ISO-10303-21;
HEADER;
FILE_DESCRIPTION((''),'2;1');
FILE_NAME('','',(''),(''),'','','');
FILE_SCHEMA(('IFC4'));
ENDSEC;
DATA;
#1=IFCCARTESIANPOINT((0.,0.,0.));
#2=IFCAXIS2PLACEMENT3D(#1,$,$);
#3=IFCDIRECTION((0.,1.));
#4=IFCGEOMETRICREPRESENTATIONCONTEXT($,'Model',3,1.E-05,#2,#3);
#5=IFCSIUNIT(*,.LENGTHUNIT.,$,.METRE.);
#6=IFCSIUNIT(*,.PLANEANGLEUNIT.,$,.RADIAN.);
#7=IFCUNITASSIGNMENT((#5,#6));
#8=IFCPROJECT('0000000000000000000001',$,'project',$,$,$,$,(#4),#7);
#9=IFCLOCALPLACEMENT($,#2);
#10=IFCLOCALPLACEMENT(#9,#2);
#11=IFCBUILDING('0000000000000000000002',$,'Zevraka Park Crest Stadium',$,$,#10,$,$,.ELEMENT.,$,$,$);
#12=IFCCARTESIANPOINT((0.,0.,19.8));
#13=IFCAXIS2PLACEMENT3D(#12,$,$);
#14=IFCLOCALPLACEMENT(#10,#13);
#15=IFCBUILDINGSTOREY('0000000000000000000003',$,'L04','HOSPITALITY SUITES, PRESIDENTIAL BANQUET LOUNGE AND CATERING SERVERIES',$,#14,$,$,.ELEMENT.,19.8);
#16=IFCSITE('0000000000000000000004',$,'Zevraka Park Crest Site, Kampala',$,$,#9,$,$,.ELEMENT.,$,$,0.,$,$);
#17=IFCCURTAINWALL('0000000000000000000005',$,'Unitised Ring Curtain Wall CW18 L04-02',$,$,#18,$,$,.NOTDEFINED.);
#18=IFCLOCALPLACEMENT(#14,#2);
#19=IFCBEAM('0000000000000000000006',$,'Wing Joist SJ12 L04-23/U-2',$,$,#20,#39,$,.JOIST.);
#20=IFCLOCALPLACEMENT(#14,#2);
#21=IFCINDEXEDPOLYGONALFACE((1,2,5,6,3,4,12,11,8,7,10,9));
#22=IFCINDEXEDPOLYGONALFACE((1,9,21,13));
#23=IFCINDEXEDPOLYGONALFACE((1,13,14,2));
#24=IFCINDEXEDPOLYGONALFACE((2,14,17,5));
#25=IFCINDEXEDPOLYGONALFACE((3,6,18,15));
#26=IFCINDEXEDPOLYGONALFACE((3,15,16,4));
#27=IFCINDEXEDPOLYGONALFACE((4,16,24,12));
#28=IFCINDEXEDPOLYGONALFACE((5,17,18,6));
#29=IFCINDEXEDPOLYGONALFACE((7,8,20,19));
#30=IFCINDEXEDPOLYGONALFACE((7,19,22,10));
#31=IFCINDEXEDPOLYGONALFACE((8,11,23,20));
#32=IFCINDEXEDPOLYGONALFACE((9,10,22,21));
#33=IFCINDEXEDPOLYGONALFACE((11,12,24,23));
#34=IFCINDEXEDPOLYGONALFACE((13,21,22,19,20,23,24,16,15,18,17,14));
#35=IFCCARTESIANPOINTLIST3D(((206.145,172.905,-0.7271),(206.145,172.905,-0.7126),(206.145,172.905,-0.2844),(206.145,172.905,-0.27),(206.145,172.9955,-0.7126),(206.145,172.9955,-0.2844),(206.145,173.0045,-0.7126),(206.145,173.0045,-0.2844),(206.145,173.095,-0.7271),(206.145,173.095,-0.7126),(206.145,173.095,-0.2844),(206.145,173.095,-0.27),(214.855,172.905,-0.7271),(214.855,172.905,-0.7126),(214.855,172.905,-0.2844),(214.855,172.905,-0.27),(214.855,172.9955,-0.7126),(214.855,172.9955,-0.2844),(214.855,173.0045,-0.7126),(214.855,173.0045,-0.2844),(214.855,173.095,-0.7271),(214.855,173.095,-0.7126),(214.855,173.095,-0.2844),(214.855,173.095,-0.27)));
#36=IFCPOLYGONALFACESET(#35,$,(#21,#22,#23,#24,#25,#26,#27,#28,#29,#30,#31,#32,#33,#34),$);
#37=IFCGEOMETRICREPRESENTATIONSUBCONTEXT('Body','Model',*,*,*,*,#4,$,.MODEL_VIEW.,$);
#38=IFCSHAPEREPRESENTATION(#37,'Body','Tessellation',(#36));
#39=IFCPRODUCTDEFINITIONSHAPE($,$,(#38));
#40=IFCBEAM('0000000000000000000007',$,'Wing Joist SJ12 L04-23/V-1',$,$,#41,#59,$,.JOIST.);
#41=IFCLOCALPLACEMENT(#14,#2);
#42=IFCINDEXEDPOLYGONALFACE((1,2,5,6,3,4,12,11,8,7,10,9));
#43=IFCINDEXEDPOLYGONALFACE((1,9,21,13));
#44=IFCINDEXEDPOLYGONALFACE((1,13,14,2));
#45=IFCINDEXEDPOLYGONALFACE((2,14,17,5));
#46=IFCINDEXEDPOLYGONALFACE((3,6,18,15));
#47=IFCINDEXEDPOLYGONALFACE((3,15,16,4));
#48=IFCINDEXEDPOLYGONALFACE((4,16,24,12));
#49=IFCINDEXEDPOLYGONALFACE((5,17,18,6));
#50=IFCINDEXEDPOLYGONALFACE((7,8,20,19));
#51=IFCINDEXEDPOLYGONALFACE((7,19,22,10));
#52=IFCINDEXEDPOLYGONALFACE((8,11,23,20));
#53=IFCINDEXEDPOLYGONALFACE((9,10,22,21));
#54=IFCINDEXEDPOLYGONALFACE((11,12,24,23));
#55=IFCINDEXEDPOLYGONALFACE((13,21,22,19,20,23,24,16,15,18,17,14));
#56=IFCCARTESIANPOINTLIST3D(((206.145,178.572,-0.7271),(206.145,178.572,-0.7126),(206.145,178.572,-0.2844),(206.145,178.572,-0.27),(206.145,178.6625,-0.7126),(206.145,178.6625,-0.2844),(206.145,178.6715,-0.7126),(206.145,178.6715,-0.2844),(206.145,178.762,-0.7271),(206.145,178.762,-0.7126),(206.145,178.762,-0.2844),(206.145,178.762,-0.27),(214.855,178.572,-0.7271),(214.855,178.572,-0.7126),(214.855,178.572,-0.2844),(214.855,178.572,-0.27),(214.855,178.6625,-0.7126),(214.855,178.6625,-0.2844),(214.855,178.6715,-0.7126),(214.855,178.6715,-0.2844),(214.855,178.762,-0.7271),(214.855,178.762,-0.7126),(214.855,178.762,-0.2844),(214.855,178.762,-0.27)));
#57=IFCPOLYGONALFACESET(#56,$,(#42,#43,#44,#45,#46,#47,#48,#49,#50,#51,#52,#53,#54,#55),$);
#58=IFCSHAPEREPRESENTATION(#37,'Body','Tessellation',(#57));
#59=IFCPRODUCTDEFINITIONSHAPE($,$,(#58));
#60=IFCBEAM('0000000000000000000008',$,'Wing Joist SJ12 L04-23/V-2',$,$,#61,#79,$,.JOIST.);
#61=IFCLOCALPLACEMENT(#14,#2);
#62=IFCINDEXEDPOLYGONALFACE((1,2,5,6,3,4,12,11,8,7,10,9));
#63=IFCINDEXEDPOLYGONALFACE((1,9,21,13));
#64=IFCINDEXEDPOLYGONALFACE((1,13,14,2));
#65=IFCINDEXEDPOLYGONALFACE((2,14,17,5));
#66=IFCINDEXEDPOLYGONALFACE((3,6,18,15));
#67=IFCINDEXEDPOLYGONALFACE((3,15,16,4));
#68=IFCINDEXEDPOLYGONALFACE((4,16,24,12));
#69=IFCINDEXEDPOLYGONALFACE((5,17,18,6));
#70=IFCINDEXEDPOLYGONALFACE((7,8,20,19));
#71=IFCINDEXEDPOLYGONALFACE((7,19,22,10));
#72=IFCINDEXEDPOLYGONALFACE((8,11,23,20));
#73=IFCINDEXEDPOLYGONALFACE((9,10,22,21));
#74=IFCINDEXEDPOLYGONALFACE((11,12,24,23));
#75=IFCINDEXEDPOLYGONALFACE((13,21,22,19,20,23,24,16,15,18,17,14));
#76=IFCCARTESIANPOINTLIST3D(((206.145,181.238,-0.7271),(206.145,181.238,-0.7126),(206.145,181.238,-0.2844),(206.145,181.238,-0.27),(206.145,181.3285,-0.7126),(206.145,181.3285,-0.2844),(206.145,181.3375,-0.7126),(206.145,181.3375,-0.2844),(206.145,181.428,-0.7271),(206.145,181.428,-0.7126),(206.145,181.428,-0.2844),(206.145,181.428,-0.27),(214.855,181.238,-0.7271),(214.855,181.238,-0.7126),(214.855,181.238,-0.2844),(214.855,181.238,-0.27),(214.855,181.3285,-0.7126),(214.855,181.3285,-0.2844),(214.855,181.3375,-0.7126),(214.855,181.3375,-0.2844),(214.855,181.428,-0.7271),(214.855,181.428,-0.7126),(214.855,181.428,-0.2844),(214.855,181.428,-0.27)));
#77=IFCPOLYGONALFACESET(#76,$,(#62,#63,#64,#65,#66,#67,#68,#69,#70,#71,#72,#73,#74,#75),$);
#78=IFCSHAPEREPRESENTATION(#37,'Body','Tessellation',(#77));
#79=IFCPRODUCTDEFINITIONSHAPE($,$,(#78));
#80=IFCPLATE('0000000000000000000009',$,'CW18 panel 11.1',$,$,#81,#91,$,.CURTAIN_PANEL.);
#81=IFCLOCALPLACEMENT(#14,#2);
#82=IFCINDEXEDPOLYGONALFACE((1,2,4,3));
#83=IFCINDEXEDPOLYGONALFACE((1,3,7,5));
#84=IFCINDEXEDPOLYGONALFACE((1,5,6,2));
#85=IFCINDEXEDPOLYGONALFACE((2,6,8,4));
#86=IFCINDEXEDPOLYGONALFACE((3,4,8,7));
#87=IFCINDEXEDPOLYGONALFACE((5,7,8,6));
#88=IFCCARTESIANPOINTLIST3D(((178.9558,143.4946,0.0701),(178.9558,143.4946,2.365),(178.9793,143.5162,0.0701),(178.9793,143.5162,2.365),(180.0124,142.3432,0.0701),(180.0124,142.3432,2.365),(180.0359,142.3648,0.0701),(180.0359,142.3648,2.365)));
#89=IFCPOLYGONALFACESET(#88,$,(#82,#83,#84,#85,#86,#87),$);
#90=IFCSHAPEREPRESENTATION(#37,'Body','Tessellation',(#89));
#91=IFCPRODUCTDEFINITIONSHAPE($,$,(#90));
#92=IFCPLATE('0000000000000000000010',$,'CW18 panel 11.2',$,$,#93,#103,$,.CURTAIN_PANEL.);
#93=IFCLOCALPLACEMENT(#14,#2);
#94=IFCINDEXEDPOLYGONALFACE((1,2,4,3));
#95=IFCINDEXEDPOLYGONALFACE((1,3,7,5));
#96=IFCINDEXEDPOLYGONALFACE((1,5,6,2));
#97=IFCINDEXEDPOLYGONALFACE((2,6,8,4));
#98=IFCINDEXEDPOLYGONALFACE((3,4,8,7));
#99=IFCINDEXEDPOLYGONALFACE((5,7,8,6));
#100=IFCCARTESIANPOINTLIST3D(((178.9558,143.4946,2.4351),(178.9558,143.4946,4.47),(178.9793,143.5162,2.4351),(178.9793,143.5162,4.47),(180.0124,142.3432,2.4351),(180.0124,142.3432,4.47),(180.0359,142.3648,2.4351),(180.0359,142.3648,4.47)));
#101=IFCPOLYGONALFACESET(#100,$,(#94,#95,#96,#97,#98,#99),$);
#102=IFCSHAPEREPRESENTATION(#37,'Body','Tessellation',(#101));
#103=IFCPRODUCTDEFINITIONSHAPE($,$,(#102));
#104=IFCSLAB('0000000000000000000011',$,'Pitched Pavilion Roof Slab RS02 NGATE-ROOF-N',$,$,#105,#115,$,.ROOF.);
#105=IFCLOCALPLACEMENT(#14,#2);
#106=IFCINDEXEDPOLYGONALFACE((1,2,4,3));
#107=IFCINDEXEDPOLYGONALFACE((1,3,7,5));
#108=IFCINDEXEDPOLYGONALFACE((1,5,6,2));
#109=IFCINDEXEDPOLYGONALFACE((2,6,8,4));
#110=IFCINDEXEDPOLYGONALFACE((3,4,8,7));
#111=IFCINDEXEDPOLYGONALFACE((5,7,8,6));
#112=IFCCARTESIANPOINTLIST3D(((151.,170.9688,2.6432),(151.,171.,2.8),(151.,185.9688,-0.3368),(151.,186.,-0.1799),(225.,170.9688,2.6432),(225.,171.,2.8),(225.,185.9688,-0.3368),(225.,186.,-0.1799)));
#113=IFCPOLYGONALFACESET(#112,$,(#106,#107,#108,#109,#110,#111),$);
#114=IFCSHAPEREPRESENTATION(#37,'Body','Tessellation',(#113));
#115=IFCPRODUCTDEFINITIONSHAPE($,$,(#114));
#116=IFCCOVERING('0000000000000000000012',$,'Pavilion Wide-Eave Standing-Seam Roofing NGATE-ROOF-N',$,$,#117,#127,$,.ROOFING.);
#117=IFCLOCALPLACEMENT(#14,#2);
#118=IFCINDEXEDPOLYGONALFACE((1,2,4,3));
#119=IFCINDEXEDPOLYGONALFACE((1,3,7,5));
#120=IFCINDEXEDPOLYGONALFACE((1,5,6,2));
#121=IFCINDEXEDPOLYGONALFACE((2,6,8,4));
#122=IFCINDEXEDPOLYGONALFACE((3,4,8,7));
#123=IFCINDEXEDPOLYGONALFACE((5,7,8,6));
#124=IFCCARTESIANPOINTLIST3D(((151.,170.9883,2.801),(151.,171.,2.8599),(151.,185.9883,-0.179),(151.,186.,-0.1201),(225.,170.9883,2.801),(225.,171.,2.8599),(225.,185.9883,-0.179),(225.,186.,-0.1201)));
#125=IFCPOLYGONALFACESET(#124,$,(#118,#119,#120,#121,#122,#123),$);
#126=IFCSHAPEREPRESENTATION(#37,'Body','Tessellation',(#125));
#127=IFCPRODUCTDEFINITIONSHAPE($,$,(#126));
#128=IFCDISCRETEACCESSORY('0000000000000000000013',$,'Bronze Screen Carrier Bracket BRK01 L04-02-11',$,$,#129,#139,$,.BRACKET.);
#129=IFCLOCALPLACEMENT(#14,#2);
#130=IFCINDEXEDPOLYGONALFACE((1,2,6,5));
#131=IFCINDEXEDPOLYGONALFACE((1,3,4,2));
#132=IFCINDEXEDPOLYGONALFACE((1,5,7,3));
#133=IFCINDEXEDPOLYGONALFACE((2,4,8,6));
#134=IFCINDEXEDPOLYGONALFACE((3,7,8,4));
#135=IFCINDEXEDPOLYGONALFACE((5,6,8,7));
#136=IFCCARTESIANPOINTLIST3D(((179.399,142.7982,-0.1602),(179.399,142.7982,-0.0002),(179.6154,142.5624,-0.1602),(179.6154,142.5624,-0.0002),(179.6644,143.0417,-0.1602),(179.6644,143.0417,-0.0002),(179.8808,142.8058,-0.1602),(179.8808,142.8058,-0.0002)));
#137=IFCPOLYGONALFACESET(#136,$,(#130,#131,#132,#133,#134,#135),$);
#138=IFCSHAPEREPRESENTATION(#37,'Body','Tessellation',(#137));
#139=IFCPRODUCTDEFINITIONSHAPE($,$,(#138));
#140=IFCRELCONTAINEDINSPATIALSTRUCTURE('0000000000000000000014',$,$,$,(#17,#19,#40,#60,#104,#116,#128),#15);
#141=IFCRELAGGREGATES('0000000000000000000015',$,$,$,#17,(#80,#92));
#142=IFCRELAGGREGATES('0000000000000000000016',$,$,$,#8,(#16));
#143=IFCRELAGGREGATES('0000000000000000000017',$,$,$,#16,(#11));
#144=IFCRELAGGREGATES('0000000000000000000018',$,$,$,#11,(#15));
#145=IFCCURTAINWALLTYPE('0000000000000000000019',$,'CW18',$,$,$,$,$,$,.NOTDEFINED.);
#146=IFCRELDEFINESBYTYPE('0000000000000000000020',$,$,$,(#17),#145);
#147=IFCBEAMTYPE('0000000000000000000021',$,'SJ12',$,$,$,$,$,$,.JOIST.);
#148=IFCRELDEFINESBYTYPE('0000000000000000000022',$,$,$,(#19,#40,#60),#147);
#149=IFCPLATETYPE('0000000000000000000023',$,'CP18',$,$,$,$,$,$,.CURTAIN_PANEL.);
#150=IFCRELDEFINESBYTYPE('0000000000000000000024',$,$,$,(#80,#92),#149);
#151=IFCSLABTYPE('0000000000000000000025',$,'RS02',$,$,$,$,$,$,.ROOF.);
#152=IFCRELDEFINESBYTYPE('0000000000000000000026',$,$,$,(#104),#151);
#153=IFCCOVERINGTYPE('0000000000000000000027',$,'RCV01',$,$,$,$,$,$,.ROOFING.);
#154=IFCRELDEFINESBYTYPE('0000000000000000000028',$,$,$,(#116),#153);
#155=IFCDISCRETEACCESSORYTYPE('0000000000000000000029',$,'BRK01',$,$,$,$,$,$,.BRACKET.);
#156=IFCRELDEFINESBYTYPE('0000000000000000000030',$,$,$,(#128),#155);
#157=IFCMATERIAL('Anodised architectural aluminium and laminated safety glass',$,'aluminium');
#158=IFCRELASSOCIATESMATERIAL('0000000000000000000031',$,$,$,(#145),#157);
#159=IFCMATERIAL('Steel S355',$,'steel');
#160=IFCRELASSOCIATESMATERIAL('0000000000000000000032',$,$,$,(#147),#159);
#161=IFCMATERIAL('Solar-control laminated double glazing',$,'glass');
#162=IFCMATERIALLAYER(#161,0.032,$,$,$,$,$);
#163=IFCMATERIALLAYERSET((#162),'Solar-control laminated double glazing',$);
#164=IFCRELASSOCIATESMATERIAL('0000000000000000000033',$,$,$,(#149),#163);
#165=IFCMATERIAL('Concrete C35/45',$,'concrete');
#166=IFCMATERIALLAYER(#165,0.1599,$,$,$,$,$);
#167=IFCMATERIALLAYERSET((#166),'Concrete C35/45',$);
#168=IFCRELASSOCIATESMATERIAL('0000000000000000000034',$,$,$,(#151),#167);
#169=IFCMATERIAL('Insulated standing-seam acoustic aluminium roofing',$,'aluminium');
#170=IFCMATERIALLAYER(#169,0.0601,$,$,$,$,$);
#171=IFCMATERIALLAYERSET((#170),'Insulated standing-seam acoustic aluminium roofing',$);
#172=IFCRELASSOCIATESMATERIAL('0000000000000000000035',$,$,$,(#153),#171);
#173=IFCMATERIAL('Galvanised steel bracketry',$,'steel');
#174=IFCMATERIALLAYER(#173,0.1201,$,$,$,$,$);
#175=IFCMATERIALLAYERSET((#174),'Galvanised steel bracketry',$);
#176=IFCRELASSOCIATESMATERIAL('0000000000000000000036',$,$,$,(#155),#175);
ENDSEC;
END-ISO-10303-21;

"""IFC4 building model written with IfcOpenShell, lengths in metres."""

from ifc_helpers import new_model, si_unit, direction, frame, origin, origin_2d, place, context, subcontext, project, spatial, polyline, rectangle, i_section, outline, extrude, material, layer, layer_set, material_profile, profile_set, type_object, element, aggregate, save


model = new_model("IFC4")

# Units and contexts
model_context = context("Model", 3, precision=1e-05, world=origin(), true_north=direction((0.0, 1.0)))
body_context = subcontext(model_context, "Body", "Model", "MODEL_VIEW")
ifc_project = project(units=[si_unit("LENGTHUNIT", "METRE"), si_unit("PLANEANGLEUNIT", "RADIAN")], contexts=[model_context])

# Site, building, storey
site_placement = place(None, origin())
site = spatial("IfcSite", under=ifc_project, at=site_placement, Name="Zevraka Park Crest Site, Kampala", CompositionType="ELEMENT", RefElevation=0.0)
building_placement = place(site_placement, origin())
building = spatial("IfcBuilding", under=site, at=building_placement, Name="Zevraka Park Crest Stadium", CompositionType="ELEMENT")
storey_placement = place(building_placement, frame((0.0, 0.0, 19.8)))
storey = spatial("IfcBuildingStorey", under=building, at=storey_placement, Name="L04", Description="HOSPITALITY SUITES, PRESIDENTIAL BANQUET LOUNGE AND CATERING SERVERIES", CompositionType="ELEMENT", Elevation=19.8)

# Curtain wall
ifc_material_1 = material(Name="Anodised architectural aluminium and laminated safety glass", Category="aluminium")
curtain_wall_type = type_object("IfcCurtainWallType", Name="CW18", PredefinedType="NOTDEFINED", material=ifc_material_1)
curtain_wall_placement = place(storey_placement, origin())
curtain_wall = element("IfcCurtainWall", 1, at=curtain_wall_placement, inside=storey, type_object=curtain_wall_type, Name="Unitised Ring Curtain Wall CW18 L04-02", PredefinedType="NOTDEFINED")

# Beams
ifc_material_2 = material(Name="Steel S355", Category="steel")
ifc_material_profile_1 = material_profile(ifc_material_2, i_section(OverallWidth=0.1899, OverallDepth=0.457, WebThickness=0.009, FlangeThickness=0.0144, at=origin_2d()), Name="UKB 457x191x74")
ifc_profile_set_1 = profile_set([ifc_material_profile_1], Name="Steel S355")
beam_type_1 = type_object("IfcBeamType", Name="SJ12", PredefinedType="JOIST", material=ifc_profile_set_1)
for number, where, z_axis, x_axis, name in (
    (2, (206.145, 173.0, -0.4985), (1.0, 0.0, 0.0), (0.0, 1.0, 0.0), "Wing Joist SJ12 L04-23/U-2"),
    (3, (206.145, 178.667, -0.4985), (1.0, 0.0, 0.0), (0.0, 1.0, 0.0), "Wing Joist SJ12 L04-23/V-1"),
    (4, (206.145, 181.333, -0.4985), (1.0, 0.0, 0.0), (0.0, 1.0, 0.0), "Wing Joist SJ12 L04-23/V-2"),
):
    element("IfcBeam", number, at=place(storey_placement, frame(where, z_axis=z_axis, x_axis=x_axis)), inside=storey, type_object=beam_type_1, Name=name, PredefinedType="JOIST", context=body_context, shape_type="SweptSolid", body=[
        extrude(i_section(OverallWidth=0.1899, OverallDepth=0.457, WebThickness=0.009, FlangeThickness=0.0144, at=origin_2d()), origin(), (0.0, 0.0, 1.0), 8.71),
    ])

# Plates
ifc_material_3 = material(Name="Solar-control laminated double glazing", Category="glass")
ifc_layer_1 = layer(ifc_material_3, 0.032)
ifc_layer_set_1 = layer_set([ifc_layer_1], Name="Solar-control laminated double glazing")
plate_type = type_object("IfcPlateType", Name="CP18", PredefinedType="CURTAIN_PANEL", material=ifc_layer_set_1)
plate_1_placement = place(storey_placement, frame((179.4958, 142.9297, 0.0701), z_axis=(0.0, 0.0, 1.0), x_axis=(-0.676138, 0.736775, 0.0)))
plate_1 = element("IfcPlate", 5, at=plate_1_placement, type_object=plate_type, Name="CW18 panel 11.1", PredefinedType="CURTAIN_PANEL", context=body_context, shape_type="SweptSolid", body=[
    extrude(rectangle(XDim=1.5627, YDim=0.032, at=origin_2d()), origin(), (0.0, 0.0, 1.0), 2.2949),
])
plate_2_placement = place(storey_placement, frame((179.4958, 142.9297, 2.4351), z_axis=(0.0, 0.0, 1.0), x_axis=(-0.676138, 0.736775, 0.0)))
plate_2 = element("IfcPlate", 6, at=plate_2_placement, type_object=plate_type, Name="CW18 panel 11.2", PredefinedType="CURTAIN_PANEL", context=body_context, shape_type="SweptSolid", body=[
    extrude(rectangle(XDim=1.5627, YDim=0.032, at=origin_2d()), origin(), (0.0, 0.0, 1.0), 2.0349),
])
aggregate(curtain_wall, [plate_1, plate_2])

# Slab
ifc_material_4 = material(Name="Concrete C35/45", Category="concrete")
ifc_layer_2 = layer(ifc_material_4, 0.1599)
ifc_layer_set_2 = layer_set([ifc_layer_2], Name="Concrete C35/45")
slab_type = type_object("IfcSlabType", Name="RS02", PredefinedType="ROOF", material=ifc_layer_set_2)
slab_placement = place(storey_placement, frame((225.0, 186.0, -0.1799), z_axis=(0.0, 0.194857, 0.980832), x_axis=(-1.0, 0.0, 0.0)))
element("IfcSlab", 7, at=slab_placement, inside=storey, type_object=slab_type, Name="Pitched Pavilion Roof Slab RS02 NGATE-ROOF-N", PredefinedType="ROOF", context=body_context, shape_type="SweptSolid", body=[
    extrude(outline(polyline([(0.0, 0.0), (74.0, 0.0), (74.0, 15.2931), (0.0, 15.2931), (0.0, 0.0)])), origin(), (0.0, 0.0, -1.0), 0.1599),
])

# Covering
ifc_material_5 = material(Name="Insulated standing-seam acoustic aluminium roofing", Category="aluminium")
ifc_layer_3 = layer(ifc_material_5, 0.0601)
ifc_layer_set_3 = layer_set([ifc_layer_3], Name="Insulated standing-seam acoustic aluminium roofing")
covering_type = type_object("IfcCoveringType", Name="RCV01", PredefinedType="ROOFING", material=ifc_layer_set_3)
covering_placement = place(storey_placement, frame((225.0, 186.0, -0.1201), z_axis=(0.0, 0.194857, 0.980832), x_axis=(-1.0, 0.0, 0.0)))
element("IfcCovering", 8, at=covering_placement, inside=storey, type_object=covering_type, Name="Pavilion Wide-Eave Standing-Seam Roofing NGATE-ROOF-N", PredefinedType="ROOFING", context=body_context, shape_type="SweptSolid", body=[
    extrude(outline(polyline([(0.0, 0.0), (74.0, 0.0), (74.0, 15.2931), (0.0, 15.2931), (0.0, 0.0)])), origin(), (0.0, 0.0, -1.0), 0.0601),
])

# Discrete accessory
ifc_material_6 = material(Name="Galvanised steel bracketry", Category="steel")
ifc_layer_4 = layer(ifc_material_6, 0.1201)
ifc_layer_set_4 = layer_set([ifc_layer_4], Name="Galvanised steel bracketry")
discrete_accessory_type = type_object("IfcDiscreteAccessoryType", Name="BRK01", PredefinedType="BRACKET", material=ifc_layer_set_4)
discrete_accessory_placement = place(storey_placement, frame((179.6399, 142.802, -0.1602), z_axis=(0.0, 0.0, 1.0), x_axis=(-0.676105, 0.736806, 0.0)))
element("IfcDiscreteAccessory", 9, at=discrete_accessory_placement, inside=storey, type_object=discrete_accessory_type, Name="Bronze Screen Carrier Bracket BRK01 L04-02-11", PredefinedType="BRACKET", context=body_context, shape_type="SweptSolid", body=[
    extrude(rectangle(XDim=0.3201, YDim=0.3601, at=origin_2d()), origin(), (0.0, 0.0, 1.0), 0.1599),
])

save(model, "model.ifc")
